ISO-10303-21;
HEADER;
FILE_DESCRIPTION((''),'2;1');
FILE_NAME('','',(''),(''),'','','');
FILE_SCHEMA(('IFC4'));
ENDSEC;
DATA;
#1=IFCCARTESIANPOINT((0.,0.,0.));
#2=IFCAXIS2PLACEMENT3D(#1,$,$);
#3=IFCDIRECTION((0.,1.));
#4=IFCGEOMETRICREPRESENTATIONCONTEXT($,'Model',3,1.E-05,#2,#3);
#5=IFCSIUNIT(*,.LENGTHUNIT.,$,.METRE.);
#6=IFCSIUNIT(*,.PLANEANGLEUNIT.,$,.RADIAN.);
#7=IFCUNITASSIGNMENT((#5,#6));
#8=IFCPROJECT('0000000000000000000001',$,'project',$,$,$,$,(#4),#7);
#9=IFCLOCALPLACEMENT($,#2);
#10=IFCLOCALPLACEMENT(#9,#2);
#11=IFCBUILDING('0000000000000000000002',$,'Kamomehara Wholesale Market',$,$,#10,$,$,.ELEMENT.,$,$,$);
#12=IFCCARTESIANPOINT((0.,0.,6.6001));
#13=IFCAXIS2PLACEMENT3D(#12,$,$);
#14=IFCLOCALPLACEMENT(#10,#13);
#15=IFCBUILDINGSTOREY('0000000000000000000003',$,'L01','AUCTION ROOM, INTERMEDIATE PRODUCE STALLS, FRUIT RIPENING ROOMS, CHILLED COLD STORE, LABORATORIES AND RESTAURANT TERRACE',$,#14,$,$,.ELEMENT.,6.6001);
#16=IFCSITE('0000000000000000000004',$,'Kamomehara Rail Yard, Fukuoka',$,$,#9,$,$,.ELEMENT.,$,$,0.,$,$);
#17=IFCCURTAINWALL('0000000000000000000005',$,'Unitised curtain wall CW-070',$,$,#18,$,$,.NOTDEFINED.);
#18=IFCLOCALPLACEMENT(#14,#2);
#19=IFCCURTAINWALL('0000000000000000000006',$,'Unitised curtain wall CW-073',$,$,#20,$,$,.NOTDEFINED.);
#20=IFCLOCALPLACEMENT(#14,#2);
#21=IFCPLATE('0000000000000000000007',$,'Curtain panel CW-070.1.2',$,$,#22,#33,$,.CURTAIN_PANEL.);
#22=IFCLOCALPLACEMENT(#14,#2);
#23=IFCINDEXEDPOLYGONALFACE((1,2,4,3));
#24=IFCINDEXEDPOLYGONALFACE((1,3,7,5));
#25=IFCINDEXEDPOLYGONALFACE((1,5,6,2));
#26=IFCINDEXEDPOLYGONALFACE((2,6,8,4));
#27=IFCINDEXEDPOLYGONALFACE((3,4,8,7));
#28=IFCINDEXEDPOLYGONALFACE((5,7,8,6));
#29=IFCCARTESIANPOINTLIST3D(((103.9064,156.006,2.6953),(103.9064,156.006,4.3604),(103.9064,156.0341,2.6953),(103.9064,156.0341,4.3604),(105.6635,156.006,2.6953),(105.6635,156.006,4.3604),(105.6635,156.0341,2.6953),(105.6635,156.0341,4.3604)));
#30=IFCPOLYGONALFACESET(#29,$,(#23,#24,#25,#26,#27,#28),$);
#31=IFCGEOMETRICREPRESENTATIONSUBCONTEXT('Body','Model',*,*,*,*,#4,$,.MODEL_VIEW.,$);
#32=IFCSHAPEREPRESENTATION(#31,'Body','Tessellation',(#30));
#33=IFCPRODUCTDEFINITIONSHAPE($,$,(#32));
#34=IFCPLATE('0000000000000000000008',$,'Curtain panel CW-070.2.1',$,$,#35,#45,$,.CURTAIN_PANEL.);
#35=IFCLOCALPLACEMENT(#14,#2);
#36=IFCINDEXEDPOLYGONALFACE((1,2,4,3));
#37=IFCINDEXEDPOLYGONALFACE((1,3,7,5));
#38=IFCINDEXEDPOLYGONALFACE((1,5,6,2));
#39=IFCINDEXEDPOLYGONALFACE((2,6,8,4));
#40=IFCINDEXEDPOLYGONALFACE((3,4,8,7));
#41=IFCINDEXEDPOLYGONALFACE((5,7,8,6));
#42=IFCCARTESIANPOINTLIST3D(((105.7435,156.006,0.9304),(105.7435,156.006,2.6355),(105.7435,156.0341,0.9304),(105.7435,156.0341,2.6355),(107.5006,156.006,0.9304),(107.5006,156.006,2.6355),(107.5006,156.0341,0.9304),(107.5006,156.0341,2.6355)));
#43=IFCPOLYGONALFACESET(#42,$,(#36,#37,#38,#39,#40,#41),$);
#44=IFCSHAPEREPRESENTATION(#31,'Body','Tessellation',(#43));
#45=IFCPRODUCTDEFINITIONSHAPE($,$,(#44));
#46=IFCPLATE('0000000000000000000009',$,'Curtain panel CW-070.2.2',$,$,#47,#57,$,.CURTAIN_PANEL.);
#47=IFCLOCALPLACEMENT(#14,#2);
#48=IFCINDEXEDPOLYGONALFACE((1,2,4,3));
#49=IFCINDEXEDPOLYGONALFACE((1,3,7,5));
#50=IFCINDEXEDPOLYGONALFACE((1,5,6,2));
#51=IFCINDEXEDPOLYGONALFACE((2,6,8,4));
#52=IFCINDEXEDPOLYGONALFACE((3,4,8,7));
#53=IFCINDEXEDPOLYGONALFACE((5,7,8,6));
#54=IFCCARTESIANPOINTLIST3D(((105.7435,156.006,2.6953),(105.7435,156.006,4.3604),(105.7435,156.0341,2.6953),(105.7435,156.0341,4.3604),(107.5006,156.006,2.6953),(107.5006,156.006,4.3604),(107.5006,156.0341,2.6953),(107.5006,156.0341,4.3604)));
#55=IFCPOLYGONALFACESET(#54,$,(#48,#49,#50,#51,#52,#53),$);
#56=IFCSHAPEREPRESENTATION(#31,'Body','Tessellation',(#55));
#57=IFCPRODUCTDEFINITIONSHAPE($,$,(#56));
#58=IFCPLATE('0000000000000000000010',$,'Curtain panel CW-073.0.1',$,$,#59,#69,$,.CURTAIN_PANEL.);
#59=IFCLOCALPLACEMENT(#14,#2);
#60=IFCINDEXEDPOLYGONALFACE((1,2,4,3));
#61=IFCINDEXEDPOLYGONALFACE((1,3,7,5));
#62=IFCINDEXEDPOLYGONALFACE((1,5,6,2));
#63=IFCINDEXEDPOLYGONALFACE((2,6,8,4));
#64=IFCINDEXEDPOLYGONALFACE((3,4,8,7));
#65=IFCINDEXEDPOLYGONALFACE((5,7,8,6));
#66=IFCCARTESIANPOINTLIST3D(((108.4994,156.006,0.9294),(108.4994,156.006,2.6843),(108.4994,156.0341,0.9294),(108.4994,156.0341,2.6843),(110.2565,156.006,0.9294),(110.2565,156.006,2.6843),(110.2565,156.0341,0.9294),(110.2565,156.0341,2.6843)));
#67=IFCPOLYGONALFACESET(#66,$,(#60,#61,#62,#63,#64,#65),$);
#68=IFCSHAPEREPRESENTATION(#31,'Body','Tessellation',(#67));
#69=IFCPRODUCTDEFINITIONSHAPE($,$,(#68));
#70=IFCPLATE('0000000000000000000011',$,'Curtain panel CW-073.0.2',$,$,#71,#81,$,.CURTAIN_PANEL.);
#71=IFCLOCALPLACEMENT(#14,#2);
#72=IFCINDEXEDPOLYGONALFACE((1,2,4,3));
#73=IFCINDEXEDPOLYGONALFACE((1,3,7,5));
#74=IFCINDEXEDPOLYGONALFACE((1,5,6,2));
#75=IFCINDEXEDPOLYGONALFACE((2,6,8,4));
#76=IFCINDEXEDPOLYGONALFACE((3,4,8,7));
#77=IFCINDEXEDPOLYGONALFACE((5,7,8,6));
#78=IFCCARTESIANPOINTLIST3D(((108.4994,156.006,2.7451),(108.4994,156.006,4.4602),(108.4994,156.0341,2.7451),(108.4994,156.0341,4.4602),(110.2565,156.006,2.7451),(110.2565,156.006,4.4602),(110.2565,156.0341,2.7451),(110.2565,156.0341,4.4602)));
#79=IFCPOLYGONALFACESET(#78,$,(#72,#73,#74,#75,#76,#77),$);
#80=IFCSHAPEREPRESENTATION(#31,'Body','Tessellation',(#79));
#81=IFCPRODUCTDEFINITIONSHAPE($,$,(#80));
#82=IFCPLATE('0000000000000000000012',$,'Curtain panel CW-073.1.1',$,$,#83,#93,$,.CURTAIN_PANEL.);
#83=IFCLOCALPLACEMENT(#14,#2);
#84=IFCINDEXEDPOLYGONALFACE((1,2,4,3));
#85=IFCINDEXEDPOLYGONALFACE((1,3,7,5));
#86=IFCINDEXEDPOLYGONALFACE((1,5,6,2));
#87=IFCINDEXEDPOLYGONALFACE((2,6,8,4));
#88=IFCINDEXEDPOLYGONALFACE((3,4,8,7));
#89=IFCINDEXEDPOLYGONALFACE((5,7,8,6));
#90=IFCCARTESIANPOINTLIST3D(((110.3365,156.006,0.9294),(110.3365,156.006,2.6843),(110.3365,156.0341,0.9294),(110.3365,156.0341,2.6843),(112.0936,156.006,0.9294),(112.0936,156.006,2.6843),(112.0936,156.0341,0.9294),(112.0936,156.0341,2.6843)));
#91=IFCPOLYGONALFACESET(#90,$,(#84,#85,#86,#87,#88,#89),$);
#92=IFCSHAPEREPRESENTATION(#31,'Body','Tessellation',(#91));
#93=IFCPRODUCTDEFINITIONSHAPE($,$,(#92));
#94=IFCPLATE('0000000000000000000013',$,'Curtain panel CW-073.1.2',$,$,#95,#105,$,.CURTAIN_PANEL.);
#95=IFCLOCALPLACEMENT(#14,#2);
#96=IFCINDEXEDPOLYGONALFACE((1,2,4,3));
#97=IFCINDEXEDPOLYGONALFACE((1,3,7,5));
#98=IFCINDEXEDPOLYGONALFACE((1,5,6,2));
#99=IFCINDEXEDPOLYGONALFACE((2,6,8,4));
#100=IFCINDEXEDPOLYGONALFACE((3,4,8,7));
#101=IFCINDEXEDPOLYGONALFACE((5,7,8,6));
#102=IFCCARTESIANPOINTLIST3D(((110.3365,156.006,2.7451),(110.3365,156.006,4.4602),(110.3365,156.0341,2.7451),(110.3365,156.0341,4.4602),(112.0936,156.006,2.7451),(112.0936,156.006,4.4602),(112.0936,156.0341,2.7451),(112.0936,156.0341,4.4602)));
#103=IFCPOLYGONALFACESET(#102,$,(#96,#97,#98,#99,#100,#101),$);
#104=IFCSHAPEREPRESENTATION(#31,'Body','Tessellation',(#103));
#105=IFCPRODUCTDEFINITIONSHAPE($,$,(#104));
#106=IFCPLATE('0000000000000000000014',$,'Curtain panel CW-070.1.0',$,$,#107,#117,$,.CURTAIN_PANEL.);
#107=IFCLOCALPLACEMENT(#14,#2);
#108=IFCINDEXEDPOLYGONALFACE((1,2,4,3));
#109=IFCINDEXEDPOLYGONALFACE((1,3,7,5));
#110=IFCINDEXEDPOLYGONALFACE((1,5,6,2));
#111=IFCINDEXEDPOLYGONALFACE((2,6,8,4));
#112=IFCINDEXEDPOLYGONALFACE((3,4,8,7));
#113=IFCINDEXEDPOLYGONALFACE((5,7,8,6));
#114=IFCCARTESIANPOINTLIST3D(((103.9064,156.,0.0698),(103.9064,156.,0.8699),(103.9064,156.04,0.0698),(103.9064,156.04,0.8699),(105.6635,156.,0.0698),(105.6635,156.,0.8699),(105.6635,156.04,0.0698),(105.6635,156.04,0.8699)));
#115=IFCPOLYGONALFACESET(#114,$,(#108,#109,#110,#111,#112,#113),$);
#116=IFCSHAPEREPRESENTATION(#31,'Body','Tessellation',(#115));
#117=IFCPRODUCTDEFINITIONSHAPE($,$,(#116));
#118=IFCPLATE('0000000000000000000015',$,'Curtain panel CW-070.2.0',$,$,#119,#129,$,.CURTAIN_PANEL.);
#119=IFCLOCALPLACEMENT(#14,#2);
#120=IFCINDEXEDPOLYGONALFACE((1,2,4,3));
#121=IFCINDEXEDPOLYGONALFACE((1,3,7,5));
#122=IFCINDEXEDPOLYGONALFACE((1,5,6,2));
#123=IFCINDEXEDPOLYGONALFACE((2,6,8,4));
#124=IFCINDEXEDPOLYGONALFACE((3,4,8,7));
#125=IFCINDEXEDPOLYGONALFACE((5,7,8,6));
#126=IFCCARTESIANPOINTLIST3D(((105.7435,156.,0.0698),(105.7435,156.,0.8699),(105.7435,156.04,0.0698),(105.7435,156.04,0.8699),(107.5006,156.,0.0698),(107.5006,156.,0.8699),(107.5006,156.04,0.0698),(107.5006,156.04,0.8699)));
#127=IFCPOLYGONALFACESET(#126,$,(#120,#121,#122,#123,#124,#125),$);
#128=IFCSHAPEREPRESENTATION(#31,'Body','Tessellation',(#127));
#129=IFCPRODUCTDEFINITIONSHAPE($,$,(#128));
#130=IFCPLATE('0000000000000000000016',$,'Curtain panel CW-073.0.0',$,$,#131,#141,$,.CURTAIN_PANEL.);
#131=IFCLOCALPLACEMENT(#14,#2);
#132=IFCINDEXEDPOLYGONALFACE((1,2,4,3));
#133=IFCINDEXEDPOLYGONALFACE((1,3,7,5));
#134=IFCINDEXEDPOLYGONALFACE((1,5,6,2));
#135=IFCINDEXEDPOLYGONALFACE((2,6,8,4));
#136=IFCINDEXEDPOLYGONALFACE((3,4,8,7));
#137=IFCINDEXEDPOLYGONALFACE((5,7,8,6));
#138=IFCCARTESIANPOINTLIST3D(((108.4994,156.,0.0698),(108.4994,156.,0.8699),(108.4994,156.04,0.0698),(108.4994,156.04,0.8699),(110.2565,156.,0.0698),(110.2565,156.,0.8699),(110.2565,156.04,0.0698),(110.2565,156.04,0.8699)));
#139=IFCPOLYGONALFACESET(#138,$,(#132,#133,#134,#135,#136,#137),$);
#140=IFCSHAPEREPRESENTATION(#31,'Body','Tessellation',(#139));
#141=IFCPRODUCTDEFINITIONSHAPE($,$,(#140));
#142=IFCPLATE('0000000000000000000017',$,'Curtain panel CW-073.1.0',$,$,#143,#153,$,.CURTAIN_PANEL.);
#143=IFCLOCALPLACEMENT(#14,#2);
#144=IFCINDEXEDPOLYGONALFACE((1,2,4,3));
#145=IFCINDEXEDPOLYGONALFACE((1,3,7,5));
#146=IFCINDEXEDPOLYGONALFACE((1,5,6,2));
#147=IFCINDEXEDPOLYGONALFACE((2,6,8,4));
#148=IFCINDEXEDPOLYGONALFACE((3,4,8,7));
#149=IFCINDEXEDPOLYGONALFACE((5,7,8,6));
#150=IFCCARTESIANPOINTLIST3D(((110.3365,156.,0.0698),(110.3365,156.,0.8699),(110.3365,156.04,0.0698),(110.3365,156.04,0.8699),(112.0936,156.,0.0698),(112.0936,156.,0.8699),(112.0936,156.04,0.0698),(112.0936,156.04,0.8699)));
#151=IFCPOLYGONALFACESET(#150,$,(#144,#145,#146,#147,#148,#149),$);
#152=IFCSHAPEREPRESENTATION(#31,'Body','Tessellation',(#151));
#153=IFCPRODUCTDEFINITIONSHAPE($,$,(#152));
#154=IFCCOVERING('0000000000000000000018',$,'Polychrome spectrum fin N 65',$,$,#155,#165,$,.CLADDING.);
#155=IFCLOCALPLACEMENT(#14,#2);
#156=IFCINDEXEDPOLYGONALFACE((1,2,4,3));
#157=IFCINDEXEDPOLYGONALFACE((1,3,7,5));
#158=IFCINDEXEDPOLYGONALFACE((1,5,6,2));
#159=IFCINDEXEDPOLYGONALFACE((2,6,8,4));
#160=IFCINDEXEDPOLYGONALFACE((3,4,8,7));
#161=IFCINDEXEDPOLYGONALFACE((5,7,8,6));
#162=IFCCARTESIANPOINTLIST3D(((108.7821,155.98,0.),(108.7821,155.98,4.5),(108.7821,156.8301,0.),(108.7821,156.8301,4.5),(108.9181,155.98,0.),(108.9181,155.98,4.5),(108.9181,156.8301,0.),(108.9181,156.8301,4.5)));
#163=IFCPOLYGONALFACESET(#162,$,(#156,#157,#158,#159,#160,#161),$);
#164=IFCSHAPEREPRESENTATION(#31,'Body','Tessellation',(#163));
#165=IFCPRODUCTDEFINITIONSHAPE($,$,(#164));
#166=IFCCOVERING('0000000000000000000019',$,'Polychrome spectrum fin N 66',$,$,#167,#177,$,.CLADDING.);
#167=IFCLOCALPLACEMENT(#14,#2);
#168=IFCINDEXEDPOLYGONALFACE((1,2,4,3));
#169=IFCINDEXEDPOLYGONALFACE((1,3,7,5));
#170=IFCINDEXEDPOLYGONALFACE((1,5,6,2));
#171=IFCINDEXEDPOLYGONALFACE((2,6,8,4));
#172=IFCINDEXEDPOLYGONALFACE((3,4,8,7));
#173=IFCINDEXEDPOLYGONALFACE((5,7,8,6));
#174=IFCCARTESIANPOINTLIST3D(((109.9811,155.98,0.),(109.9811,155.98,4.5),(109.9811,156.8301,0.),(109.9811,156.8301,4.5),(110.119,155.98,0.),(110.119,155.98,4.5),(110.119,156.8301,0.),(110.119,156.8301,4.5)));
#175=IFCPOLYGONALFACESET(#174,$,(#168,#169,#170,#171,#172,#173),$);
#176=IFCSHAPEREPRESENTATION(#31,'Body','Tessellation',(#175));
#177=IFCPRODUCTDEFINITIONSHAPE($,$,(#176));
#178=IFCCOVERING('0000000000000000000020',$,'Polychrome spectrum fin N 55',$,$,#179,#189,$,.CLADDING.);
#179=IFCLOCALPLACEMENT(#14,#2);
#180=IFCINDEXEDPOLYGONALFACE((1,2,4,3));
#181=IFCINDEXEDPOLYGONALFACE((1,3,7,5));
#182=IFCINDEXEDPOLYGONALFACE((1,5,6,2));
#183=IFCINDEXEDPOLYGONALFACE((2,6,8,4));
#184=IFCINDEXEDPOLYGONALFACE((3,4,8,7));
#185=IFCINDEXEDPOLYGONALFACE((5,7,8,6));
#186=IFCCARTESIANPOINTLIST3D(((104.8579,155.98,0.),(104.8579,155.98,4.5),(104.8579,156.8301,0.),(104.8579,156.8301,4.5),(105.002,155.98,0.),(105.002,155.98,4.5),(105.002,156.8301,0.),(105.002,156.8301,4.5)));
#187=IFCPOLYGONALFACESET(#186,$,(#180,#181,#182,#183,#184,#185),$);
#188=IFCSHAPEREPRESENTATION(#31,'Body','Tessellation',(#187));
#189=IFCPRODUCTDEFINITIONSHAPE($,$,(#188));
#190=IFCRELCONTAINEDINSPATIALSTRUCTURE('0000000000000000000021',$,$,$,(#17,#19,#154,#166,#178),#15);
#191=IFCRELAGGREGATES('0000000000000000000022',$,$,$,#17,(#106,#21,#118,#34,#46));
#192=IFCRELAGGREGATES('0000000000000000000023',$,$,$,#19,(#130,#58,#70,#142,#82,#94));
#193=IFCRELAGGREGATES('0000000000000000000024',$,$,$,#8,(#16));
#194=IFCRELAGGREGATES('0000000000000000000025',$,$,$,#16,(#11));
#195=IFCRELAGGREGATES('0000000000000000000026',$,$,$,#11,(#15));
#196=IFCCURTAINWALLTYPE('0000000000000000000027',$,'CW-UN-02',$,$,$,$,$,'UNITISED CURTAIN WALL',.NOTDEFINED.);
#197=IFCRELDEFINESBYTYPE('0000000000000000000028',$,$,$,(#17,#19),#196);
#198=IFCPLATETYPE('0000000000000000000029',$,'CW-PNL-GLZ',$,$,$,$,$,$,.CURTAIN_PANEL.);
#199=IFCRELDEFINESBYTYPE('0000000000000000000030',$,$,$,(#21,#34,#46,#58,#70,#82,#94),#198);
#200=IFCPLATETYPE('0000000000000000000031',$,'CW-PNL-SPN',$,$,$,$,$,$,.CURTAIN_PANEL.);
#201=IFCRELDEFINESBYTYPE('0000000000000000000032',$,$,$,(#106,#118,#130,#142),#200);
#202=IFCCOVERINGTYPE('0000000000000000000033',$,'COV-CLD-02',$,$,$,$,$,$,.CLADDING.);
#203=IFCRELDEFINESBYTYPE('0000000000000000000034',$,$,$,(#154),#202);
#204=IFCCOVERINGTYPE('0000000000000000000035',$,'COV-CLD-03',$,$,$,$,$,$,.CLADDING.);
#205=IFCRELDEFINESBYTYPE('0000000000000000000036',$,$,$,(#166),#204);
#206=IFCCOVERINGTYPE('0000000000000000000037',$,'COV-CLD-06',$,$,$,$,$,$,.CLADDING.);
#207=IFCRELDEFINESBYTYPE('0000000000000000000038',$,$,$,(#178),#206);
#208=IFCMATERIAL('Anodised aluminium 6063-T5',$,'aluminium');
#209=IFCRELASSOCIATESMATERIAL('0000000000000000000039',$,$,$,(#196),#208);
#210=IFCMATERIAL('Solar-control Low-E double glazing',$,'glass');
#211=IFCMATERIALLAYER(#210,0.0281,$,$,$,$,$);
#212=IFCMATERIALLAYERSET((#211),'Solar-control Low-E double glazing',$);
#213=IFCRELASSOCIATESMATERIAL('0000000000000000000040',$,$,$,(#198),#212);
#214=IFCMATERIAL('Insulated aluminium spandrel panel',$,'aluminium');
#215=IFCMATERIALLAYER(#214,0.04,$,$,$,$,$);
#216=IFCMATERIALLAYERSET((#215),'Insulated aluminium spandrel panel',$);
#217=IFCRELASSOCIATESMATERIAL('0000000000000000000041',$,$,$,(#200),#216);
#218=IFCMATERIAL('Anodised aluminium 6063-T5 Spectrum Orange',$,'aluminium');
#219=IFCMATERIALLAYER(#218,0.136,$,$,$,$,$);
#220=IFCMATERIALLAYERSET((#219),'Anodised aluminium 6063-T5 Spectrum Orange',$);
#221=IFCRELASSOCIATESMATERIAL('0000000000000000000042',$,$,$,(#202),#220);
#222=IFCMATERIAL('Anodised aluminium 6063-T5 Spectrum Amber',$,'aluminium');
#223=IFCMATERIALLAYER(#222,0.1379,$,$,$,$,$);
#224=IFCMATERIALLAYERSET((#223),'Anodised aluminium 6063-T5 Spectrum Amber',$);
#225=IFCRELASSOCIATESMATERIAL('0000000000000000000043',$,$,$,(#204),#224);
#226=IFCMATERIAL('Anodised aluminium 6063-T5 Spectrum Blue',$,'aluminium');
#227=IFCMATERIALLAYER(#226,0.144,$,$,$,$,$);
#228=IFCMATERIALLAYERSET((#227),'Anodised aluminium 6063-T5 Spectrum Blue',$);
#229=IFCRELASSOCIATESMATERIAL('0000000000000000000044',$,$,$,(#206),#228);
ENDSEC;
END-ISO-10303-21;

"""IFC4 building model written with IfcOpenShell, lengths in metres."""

from ifc_helpers import new_model, si_unit, direction, frame, origin, origin_2d, place, context, subcontext, project, spatial, rectangle, extrude, material, layer, layer_set, type_object, element, aggregate, save


model = new_model("IFC4")

# Units and contexts
model_context = context("Model", 3, precision=1e-05, world=origin(), true_north=direction((0.0, 1.0)))
body_context = subcontext(model_context, "Body", "Model", "MODEL_VIEW")
ifc_project = project(units=[si_unit("LENGTHUNIT", "METRE"), si_unit("PLANEANGLEUNIT", "RADIAN")], contexts=[model_context])

# Site, building, storey
site_placement = place(None, origin())
site = spatial("IfcSite", under=ifc_project, at=site_placement, Name="Kamomehara Rail Yard, Fukuoka", CompositionType="ELEMENT", RefElevation=0.0)
building_placement = place(site_placement, origin())
building = spatial("IfcBuilding", under=site, at=building_placement, Name="Kamomehara Wholesale Market", CompositionType="ELEMENT")
storey_placement = place(building_placement, frame((0.0, 0.0, 6.6001)))
storey = spatial("IfcBuildingStorey", under=building, at=storey_placement, Name="L01", Description="AUCTION ROOM, INTERMEDIATE PRODUCE STALLS, FRUIT RIPENING ROOMS, CHILLED COLD STORE, LABORATORIES AND RESTAURANT TERRACE", CompositionType="ELEMENT", Elevation=6.6001)

# Curtain walls
ifc_material_1 = material(Name="Anodised aluminium 6063-T5", Category="aluminium")
curtain_wall_type = type_object("IfcCurtainWallType", Name="CW-UN-02", ElementType="UNITISED CURTAIN WALL", PredefinedType="NOTDEFINED", material=ifc_material_1)
curtain_wall_1_placement = place(storey_placement, origin())
curtain_wall_1 = element("IfcCurtainWall", 1, at=curtain_wall_1_placement, inside=storey, type_object=curtain_wall_type, Name="Unitised curtain wall CW-070", PredefinedType="NOTDEFINED")
curtain_wall_2_placement = place(storey_placement, origin())
curtain_wall_2 = element("IfcCurtainWall", 2, at=curtain_wall_2_placement, inside=storey, type_object=curtain_wall_type, Name="Unitised curtain wall CW-073", PredefinedType="NOTDEFINED")

# Plates
ifc_material_2 = material(Name="Solar-control Low-E double glazing", Category="glass")
ifc_layer_1 = layer(ifc_material_2, 0.0281)
ifc_layer_set_1 = layer_set([ifc_layer_1], Name="Solar-control Low-E double glazing")
plate_type_1 = type_object("IfcPlateType", Name="CW-PNL-GLZ", PredefinedType="CURTAIN_PANEL", material=ifc_layer_set_1)
plate_1_placement = place(storey_placement, frame((104.7849, 156.02, 2.6953), z_axis=(0.0, 0.0, 1.0), x_axis=(1.0, 0.0, 0.0)))
plate_1 = element("IfcPlate", 3, at=plate_1_placement, type_object=plate_type_1, Name="Curtain panel CW-070.1.2", PredefinedType="CURTAIN_PANEL", context=body_context, shape_type="SweptSolid", body=[
    extrude(rectangle(XDim=1.7571, YDim=0.0281, at=origin_2d()), origin(), (0.0, 0.0, 1.0), 1.665),
])
plate_2_placement = place(storey_placement, frame((106.6221, 156.02, 0.9304), z_axis=(0.0, 0.0, 1.0), x_axis=(1.0, 0.0, 0.0)))
plate_2 = element("IfcPlate", 4, at=plate_2_placement, type_object=plate_type_1, Name="Curtain panel CW-070.2.1", PredefinedType="CURTAIN_PANEL", context=body_context, shape_type="SweptSolid", body=[
    extrude(rectangle(XDim=1.7571, YDim=0.0281, at=origin_2d()), origin(), (0.0, 0.0, 1.0), 1.7051),
])
plate_3_placement = place(storey_placement, frame((106.6221, 156.02, 2.6953), z_axis=(0.0, 0.0, 1.0), x_axis=(1.0, 0.0, 0.0)))
plate_3 = element("IfcPlate", 5, at=plate_3_placement, type_object=plate_type_1, Name="Curtain panel CW-070.2.2", PredefinedType="CURTAIN_PANEL", context=body_context, shape_type="SweptSolid", body=[
    extrude(rectangle(XDim=1.7571, YDim=0.0281, at=origin_2d()), origin(), (0.0, 0.0, 1.0), 1.665),
])
plate_4_placement = place(storey_placement, frame((109.3779, 156.02, 0.9294), z_axis=(0.0, 0.0, 1.0), x_axis=(1.0, 0.0, 0.0)))
plate_4 = element("IfcPlate", 6, at=plate_4_placement, type_object=plate_type_1, Name="Curtain panel CW-073.0.1", PredefinedType="CURTAIN_PANEL", context=body_context, shape_type="SweptSolid", body=[
    extrude(rectangle(XDim=1.7571, YDim=0.0281, at=origin_2d()), origin(), (0.0, 0.0, 1.0), 1.7549),
])
plate_5_placement = place(storey_placement, frame((109.3779, 156.02, 2.7451), z_axis=(0.0, 0.0, 1.0), x_axis=(1.0, 0.0, 0.0)))
plate_5 = element("IfcPlate", 7, at=plate_5_placement, type_object=plate_type_1, Name="Curtain panel CW-073.0.2", PredefinedType="CURTAIN_PANEL", context=body_context, shape_type="SweptSolid", body=[
    extrude(rectangle(XDim=1.7571, YDim=0.0281, at=origin_2d()), origin(), (0.0, 0.0, 1.0), 1.7151),
])
plate_6_placement = place(storey_placement, frame((111.2151, 156.02, 0.9294), z_axis=(0.0, 0.0, 1.0), x_axis=(1.0, 0.0, 0.0)))
plate_6 = element("IfcPlate", 8, at=plate_6_placement, type_object=plate_type_1, Name="Curtain panel CW-073.1.1", PredefinedType="CURTAIN_PANEL", context=body_context, shape_type="SweptSolid", body=[
    extrude(rectangle(XDim=1.7571, YDim=0.0281, at=origin_2d()), origin(), (0.0, 0.0, 1.0), 1.7549),
])
plate_7_placement = place(storey_placement, frame((111.2151, 156.02, 2.7451), z_axis=(0.0, 0.0, 1.0), x_axis=(1.0, 0.0, 0.0)))
plate_7 = element("IfcPlate", 9, at=plate_7_placement, type_object=plate_type_1, Name="Curtain panel CW-073.1.2", PredefinedType="CURTAIN_PANEL", context=body_context, shape_type="SweptSolid", body=[
    extrude(rectangle(XDim=1.7571, YDim=0.0281, at=origin_2d()), origin(), (0.0, 0.0, 1.0), 1.7151),
])
ifc_material_3 = material(Name="Insulated aluminium spandrel panel", Category="aluminium")
ifc_layer_2 = layer(ifc_material_3, 0.04)
ifc_layer_set_2 = layer_set([ifc_layer_2], Name="Insulated aluminium spandrel panel")
plate_type_2 = type_object("IfcPlateType", Name="CW-PNL-SPN", PredefinedType="CURTAIN_PANEL", material=ifc_layer_set_2)
plate_8_placement = place(storey_placement, frame((104.7849, 156.02, 0.0698), z_axis=(0.0, 0.0, 1.0), x_axis=(1.0, 0.0, 0.0)))
plate_8 = element("IfcPlate", 10, at=plate_8_placement, type_object=plate_type_2, Name="Curtain panel CW-070.1.0", PredefinedType="CURTAIN_PANEL", context=body_context, shape_type="SweptSolid", body=[
    extrude(rectangle(XDim=1.7571, YDim=0.04, at=origin_2d()), origin(), (0.0, 0.0, 1.0), 0.8),
])
plate_9_placement = place(storey_placement, frame((106.6221, 156.02, 0.0698), z_axis=(0.0, 0.0, 1.0), x_axis=(1.0, 0.0, 0.0)))
plate_9 = element("IfcPlate", 11, at=plate_9_placement, type_object=plate_type_2, Name="Curtain panel CW-070.2.0", PredefinedType="CURTAIN_PANEL", context=body_context, shape_type="SweptSolid", body=[
    extrude(rectangle(XDim=1.7571, YDim=0.04, at=origin_2d()), origin(), (0.0, 0.0, 1.0), 0.8),
])
aggregate(curtain_wall_1, [plate_8, plate_1, plate_9, plate_2, plate_3])
plate_10_placement = place(storey_placement, frame((109.3779, 156.02, 0.0698), z_axis=(0.0, 0.0, 1.0), x_axis=(1.0, 0.0, 0.0)))
plate_10 = element("IfcPlate", 12, at=plate_10_placement, type_object=plate_type_2, Name="Curtain panel CW-073.0.0", PredefinedType="CURTAIN_PANEL", context=body_context, shape_type="SweptSolid", body=[
    extrude(rectangle(XDim=1.7571, YDim=0.04, at=origin_2d()), origin(), (0.0, 0.0, 1.0), 0.8),
])
plate_11_placement = place(storey_placement, frame((111.2151, 156.02, 0.0698), z_axis=(0.0, 0.0, 1.0), x_axis=(1.0, 0.0, 0.0)))
plate_11 = element("IfcPlate", 13, at=plate_11_placement, type_object=plate_type_2, Name="Curtain panel CW-073.1.0", PredefinedType="CURTAIN_PANEL", context=body_context, shape_type="SweptSolid", body=[
    extrude(rectangle(XDim=1.7571, YDim=0.04, at=origin_2d()), origin(), (0.0, 0.0, 1.0), 0.8),
])
aggregate(curtain_wall_2, [plate_10, plate_4, plate_5, plate_11, plate_6, plate_7])

# Coverings
ifc_material_4 = material(Name="Anodised aluminium 6063-T5 Spectrum Orange", Category="aluminium")
ifc_layer_3 = layer(ifc_material_4, 0.136)
ifc_layer_set_3 = layer_set([ifc_layer_3], Name="Anodised aluminium 6063-T5 Spectrum Orange")
covering_type_1 = type_object("IfcCoveringType", Name="COV-CLD-02", PredefinedType="CLADDING", material=ifc_layer_set_3)
covering_1_placement = place(storey_placement, frame((108.8501, 156.405, 0.0), z_axis=(0.0, 0.0, 1.0), x_axis=(1.0, 0.0, 0.0)))
element("IfcCovering", 14, at=covering_1_placement, inside=storey, type_object=covering_type_1, Name="Polychrome spectrum fin N 65", PredefinedType="CLADDING", context=body_context, shape_type="SweptSolid", body=[
    extrude(rectangle(XDim=0.136, YDim=0.8501, at=origin_2d()), origin(), (0.0, 0.0, 1.0), 4.5),
])
ifc_material_5 = material(Name="Anodised aluminium 6063-T5 Spectrum Amber", Category="aluminium")
ifc_layer_4 = layer(ifc_material_5, 0.1379)
ifc_layer_set_4 = layer_set([ifc_layer_4], Name="Anodised aluminium 6063-T5 Spectrum Amber")
covering_type_2 = type_object("IfcCoveringType", Name="COV-CLD-03", PredefinedType="CLADDING", material=ifc_layer_set_4)
covering_2_placement = place(storey_placement, frame((110.05, 156.405, 0.0), z_axis=(0.0, 0.0, 1.0), x_axis=(1.0, 0.0, 0.0)))
element("IfcCovering", 15, at=covering_2_placement, inside=storey, type_object=covering_type_2, Name="Polychrome spectrum fin N 66", PredefinedType="CLADDING", context=body_context, shape_type="SweptSolid", body=[
    extrude(rectangle(XDim=0.1379, YDim=0.8501, at=origin_2d()), origin(), (0.0, 0.0, 1.0), 4.5),
])
ifc_material_6 = material(Name="Anodised aluminium 6063-T5 Spectrum Blue", Category="aluminium")
ifc_layer_5 = layer(ifc_material_6, 0.144)
ifc_layer_set_5 = layer_set([ifc_layer_5], Name="Anodised aluminium 6063-T5 Spectrum Blue")
covering_type_3 = type_object("IfcCoveringType", Name="COV-CLD-06", PredefinedType="CLADDING", material=ifc_layer_set_5)
covering_3_placement = place(storey_placement, frame((104.9299, 156.405, 0.0), z_axis=(0.0, 0.0, 1.0), x_axis=(1.0, 0.0, 0.0)))
element("IfcCovering", 16, at=covering_3_placement, inside=storey, type_object=covering_type_3, Name="Polychrome spectrum fin N 55", PredefinedType="CLADDING", context=body_context, shape_type="SweptSolid", body=[
    extrude(rectangle(XDim=0.144, YDim=0.8501, at=origin_2d()), origin(), (0.0, 0.0, 1.0), 4.5),
])

save(model, "model.ifc")
